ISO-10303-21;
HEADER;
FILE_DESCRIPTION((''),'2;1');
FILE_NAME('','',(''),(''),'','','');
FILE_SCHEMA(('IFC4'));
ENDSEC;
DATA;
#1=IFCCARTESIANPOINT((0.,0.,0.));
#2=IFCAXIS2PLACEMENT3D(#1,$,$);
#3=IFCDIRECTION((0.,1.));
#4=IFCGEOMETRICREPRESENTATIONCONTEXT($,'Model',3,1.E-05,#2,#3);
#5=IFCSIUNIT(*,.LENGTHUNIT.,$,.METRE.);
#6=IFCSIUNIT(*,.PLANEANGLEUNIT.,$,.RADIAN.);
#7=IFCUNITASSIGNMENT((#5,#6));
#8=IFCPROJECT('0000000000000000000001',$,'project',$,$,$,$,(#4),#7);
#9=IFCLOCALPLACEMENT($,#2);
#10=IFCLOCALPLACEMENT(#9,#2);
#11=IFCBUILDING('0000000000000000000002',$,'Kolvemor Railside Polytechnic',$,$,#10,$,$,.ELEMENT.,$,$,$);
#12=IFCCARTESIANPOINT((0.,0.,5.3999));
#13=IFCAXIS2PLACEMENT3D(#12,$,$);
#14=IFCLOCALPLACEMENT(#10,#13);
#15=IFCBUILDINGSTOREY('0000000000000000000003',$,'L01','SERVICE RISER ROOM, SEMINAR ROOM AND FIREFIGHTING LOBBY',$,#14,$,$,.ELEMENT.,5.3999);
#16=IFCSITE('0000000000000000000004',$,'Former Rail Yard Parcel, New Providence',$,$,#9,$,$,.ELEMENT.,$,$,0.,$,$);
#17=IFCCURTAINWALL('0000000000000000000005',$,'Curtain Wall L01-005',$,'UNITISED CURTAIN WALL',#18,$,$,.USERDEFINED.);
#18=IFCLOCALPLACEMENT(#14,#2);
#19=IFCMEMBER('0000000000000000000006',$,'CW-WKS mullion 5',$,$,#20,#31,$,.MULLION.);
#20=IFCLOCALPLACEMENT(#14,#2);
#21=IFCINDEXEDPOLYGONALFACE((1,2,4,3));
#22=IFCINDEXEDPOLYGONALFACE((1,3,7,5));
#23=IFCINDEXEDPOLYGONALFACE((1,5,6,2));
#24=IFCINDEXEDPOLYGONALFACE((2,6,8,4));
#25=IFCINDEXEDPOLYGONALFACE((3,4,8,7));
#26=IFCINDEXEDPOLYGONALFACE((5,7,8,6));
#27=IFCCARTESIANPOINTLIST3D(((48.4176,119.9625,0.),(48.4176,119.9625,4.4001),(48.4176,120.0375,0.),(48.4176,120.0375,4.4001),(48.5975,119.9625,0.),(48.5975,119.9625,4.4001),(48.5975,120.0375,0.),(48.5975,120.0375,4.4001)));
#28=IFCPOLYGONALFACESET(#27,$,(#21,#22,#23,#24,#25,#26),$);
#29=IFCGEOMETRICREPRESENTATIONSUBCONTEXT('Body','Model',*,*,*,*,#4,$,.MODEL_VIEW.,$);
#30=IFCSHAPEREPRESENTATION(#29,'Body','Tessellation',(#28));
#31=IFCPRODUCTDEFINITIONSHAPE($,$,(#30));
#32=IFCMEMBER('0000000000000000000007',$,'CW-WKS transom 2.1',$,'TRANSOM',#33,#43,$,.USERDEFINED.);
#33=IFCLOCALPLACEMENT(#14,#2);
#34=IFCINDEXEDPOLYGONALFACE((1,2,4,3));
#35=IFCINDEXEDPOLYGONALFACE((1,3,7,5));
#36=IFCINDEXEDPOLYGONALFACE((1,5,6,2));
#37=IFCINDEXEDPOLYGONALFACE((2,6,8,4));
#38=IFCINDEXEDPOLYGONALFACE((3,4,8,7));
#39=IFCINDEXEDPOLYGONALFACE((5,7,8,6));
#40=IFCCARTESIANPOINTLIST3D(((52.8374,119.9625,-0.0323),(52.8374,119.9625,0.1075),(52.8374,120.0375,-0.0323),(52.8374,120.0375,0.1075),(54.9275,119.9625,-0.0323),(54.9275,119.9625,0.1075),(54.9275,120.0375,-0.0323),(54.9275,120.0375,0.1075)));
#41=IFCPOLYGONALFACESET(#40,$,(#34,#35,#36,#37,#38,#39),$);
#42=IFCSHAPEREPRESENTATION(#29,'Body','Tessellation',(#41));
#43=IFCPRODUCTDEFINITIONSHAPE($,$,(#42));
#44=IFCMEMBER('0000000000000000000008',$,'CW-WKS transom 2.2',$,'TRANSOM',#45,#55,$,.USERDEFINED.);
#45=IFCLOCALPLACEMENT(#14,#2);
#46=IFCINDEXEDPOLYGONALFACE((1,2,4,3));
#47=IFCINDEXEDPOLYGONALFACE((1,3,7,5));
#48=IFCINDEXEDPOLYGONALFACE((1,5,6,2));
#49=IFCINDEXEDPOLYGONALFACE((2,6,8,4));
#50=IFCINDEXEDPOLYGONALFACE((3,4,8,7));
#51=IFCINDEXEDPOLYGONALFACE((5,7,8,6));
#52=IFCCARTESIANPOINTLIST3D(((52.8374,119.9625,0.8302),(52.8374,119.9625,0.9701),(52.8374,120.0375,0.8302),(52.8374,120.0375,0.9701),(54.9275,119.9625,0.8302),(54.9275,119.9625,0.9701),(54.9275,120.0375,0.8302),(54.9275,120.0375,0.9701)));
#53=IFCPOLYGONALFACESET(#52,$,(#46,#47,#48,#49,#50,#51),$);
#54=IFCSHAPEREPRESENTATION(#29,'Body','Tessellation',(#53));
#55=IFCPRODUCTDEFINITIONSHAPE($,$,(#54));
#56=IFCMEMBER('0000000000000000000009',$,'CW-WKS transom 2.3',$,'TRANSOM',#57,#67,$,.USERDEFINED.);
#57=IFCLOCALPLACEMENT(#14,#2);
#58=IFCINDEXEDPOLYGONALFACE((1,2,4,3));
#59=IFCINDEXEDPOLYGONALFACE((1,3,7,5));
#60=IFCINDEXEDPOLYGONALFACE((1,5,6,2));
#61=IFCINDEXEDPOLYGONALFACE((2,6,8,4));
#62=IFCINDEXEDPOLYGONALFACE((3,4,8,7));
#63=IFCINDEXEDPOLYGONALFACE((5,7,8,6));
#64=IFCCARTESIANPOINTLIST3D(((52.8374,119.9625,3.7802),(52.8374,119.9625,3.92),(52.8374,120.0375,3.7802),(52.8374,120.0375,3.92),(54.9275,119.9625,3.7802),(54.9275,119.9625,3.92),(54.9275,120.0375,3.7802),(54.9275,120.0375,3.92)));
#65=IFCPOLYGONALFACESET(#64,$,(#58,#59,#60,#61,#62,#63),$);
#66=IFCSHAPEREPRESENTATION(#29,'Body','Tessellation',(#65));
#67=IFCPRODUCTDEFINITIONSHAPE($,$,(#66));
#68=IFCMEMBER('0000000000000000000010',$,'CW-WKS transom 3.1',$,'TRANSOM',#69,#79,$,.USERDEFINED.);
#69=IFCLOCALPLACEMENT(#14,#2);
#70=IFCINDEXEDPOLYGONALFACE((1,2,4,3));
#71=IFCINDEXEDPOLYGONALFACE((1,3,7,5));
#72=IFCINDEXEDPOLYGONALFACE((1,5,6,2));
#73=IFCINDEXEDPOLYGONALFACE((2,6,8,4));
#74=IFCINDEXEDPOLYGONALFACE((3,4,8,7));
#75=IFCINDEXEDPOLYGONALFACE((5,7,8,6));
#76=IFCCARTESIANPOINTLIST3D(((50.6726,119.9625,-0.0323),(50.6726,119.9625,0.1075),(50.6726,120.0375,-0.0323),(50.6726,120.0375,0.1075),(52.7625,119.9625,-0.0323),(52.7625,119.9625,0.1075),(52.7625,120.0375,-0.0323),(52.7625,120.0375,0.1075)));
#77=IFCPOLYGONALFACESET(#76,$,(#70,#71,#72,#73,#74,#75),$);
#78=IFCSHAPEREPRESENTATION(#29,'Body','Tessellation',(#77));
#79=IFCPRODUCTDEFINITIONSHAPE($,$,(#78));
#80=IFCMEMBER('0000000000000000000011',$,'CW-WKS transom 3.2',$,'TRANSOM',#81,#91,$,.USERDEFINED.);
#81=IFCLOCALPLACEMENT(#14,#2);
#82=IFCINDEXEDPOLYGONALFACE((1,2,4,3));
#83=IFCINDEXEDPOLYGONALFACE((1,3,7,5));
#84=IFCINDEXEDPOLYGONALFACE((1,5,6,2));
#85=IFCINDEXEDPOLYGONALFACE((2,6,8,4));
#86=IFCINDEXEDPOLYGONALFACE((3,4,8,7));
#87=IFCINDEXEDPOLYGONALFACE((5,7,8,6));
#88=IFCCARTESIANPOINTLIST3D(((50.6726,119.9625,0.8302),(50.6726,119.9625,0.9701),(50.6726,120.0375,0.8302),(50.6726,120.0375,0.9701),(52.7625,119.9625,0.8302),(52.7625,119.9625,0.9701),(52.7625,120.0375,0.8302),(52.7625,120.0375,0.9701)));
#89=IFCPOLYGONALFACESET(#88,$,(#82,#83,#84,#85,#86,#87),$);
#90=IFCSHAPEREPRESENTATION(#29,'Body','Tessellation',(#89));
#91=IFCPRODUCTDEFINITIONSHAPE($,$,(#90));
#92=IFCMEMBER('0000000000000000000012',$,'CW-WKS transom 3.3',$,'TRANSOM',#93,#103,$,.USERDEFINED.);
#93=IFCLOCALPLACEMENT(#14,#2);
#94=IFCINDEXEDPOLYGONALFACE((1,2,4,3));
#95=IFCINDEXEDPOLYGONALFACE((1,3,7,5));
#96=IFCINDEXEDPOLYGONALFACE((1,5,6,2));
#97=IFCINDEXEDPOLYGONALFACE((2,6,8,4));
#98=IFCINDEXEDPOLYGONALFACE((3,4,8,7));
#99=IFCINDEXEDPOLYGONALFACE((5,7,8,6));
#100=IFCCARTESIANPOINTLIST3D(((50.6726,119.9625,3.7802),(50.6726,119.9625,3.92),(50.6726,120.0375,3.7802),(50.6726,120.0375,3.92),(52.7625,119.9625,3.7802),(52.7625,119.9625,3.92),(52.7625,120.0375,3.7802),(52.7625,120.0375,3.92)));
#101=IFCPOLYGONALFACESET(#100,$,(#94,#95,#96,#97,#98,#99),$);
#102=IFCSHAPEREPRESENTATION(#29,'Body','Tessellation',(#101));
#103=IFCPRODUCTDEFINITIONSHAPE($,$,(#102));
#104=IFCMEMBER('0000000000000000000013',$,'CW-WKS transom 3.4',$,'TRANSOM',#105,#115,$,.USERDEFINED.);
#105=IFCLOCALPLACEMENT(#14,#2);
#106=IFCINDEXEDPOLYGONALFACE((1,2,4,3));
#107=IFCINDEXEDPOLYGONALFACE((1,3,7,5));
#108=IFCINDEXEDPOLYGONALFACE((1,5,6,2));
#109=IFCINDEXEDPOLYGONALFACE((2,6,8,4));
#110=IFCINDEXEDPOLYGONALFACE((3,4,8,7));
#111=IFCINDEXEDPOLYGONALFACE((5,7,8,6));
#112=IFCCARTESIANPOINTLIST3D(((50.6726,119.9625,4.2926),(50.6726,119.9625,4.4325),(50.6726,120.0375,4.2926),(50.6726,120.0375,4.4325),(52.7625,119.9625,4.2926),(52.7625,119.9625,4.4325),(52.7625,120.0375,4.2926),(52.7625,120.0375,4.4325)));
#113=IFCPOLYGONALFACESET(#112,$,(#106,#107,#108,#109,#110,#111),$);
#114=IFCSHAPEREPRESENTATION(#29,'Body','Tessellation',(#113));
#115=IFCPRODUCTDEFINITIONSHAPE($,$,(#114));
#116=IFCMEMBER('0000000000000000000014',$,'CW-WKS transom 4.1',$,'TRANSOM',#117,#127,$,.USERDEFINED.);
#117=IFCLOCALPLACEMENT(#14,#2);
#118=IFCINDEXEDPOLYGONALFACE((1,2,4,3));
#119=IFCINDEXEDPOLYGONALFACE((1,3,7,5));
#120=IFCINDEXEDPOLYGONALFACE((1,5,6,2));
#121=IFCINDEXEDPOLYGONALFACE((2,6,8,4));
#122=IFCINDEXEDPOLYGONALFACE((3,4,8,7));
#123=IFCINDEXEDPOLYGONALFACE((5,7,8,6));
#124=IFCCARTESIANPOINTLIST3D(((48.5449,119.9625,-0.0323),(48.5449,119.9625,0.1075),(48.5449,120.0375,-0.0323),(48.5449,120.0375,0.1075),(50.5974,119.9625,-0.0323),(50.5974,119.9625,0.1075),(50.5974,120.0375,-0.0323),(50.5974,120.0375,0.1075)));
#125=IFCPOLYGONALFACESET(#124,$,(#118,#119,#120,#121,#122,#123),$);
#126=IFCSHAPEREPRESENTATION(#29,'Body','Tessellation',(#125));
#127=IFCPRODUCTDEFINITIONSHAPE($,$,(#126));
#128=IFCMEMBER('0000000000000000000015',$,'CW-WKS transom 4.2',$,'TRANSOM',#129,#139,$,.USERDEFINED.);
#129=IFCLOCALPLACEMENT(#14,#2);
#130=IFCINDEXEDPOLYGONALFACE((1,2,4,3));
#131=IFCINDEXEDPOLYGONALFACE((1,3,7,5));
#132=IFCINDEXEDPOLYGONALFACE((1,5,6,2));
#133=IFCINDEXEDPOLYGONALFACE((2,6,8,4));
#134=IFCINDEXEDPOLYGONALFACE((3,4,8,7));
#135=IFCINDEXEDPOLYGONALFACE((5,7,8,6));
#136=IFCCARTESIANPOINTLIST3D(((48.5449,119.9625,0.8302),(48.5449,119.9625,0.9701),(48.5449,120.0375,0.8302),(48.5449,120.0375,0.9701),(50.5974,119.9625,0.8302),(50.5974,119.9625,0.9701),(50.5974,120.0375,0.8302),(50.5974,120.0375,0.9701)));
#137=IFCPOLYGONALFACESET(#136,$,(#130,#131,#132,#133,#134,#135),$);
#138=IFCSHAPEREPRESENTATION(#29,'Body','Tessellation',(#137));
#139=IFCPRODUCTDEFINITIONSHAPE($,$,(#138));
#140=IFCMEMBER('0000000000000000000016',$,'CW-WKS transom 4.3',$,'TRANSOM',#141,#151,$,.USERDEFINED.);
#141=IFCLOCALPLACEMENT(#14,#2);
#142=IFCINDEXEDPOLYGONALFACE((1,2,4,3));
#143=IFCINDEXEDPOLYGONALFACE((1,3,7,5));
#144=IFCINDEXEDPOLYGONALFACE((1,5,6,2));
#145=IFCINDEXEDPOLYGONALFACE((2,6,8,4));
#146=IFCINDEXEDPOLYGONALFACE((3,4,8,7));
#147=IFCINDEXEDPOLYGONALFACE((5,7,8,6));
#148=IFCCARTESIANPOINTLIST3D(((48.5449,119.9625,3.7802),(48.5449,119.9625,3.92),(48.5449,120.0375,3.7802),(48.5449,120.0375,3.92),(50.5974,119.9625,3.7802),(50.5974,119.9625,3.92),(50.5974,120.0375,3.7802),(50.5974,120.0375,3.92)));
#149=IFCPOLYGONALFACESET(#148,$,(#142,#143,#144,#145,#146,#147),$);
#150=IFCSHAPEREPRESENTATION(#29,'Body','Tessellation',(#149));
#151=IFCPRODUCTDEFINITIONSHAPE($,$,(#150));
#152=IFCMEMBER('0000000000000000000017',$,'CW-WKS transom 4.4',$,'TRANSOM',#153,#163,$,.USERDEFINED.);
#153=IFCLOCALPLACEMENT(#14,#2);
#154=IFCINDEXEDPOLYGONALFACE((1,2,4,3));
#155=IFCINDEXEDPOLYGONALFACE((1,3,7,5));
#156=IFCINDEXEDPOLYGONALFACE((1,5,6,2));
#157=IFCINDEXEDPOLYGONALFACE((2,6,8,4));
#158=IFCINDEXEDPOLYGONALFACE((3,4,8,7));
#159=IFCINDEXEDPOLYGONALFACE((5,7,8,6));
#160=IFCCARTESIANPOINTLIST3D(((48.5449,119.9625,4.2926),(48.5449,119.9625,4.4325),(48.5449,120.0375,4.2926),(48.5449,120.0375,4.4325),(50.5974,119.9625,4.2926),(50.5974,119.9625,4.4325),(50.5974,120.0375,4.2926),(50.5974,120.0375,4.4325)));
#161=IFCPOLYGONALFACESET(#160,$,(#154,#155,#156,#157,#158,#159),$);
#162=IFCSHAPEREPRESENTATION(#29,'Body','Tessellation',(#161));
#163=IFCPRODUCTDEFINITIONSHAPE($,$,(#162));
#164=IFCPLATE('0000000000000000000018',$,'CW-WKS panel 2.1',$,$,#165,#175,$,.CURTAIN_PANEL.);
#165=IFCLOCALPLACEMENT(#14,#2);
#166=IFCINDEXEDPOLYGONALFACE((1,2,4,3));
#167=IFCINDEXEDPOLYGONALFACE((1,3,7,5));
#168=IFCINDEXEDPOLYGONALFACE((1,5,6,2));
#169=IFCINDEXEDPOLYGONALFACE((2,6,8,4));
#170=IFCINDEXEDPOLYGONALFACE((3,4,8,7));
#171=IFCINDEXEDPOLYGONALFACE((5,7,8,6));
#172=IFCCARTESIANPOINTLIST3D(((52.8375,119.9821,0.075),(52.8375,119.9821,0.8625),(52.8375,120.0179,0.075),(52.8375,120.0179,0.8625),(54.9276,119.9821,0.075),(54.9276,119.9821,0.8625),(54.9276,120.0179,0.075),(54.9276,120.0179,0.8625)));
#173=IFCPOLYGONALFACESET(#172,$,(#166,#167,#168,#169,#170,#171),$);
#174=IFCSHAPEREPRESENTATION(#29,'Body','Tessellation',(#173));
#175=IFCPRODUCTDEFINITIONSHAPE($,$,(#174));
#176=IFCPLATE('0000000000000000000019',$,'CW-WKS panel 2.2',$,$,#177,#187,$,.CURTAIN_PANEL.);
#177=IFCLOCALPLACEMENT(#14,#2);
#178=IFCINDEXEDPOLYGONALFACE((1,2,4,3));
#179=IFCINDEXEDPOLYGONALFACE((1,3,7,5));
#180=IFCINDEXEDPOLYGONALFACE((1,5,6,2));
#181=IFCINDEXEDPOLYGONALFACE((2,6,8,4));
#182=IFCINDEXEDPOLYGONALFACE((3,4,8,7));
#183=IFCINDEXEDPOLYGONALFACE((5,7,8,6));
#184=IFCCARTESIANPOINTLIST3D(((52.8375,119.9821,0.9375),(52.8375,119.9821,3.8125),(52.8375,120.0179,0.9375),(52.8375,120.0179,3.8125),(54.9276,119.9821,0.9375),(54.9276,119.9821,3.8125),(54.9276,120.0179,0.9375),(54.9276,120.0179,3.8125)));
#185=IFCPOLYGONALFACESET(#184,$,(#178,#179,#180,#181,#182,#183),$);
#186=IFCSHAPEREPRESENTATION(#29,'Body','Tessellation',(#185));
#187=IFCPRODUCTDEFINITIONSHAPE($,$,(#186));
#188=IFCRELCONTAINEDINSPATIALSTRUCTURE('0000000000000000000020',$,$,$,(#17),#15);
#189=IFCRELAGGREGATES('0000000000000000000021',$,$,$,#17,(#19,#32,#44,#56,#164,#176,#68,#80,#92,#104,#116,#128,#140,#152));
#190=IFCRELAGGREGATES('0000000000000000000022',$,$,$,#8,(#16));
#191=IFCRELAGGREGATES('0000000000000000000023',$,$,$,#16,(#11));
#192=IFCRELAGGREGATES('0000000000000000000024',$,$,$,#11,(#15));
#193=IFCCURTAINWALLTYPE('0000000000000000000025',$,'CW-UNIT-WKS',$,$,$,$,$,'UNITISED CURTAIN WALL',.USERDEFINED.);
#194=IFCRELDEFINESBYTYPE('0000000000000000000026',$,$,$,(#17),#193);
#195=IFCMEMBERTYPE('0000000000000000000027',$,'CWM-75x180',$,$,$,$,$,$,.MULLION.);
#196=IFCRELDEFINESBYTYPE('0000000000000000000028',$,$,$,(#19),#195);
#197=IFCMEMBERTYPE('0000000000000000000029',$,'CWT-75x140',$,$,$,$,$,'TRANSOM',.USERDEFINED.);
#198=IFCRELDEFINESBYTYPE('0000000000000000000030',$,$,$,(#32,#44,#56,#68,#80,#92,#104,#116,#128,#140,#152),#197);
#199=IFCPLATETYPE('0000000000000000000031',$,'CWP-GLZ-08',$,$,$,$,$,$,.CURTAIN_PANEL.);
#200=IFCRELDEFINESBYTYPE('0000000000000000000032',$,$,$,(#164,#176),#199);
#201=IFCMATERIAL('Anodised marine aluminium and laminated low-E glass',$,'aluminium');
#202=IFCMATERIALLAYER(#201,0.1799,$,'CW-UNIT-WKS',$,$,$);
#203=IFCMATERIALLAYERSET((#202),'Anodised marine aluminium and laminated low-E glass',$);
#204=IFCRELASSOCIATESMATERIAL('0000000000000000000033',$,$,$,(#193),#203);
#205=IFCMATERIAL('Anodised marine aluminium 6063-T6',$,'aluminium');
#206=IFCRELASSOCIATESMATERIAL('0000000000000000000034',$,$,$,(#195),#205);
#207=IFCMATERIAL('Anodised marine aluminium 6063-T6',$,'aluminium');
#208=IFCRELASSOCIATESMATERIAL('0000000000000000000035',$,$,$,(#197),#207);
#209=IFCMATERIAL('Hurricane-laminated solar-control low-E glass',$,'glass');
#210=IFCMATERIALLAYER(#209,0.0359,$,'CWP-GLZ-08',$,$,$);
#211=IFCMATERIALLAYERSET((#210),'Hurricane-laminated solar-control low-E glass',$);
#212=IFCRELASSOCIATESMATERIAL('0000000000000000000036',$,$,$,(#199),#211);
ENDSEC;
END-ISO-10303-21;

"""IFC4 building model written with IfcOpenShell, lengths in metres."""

from ifc_helpers import new_model, si_unit, direction, frame, origin, origin_2d, place, context, subcontext, project, spatial, rectangle, extrude, material, layer, layer_set, material_profile, profile_set, type_object, element, aggregate, save


model = new_model("IFC4")

# Units and contexts
model_context = context("Model", 3, precision=1e-05, world=origin(), true_north=direction((0.0, 1.0)))
body_context = subcontext(model_context, "Body", "Model", "MODEL_VIEW")
ifc_project = project(units=[si_unit("LENGTHUNIT", "METRE"), si_unit("PLANEANGLEUNIT", "RADIAN")], contexts=[model_context])

# Site, building, storey
site_placement = place(None, origin())
site = spatial("IfcSite", under=ifc_project, at=site_placement, Name="Former Rail Yard Parcel, New Providence", CompositionType="ELEMENT", RefElevation=0.0)
building_placement = place(site_placement, origin())
building = spatial("IfcBuilding", under=site, at=building_placement, Name="Kolvemor Railside Polytechnic", CompositionType="ELEMENT")
storey_placement = place(building_placement, frame((0.0, 0.0, 5.3999)))
storey = spatial("IfcBuildingStorey", under=building, at=storey_placement, Name="L01", Description="SERVICE RISER ROOM, SEMINAR ROOM AND FIREFIGHTING LOBBY", CompositionType="ELEMENT", Elevation=5.3999)

# Curtain wall, members, plates
ifc_material_1 = material(Name="Anodised marine aluminium and laminated low-E glass", Category="aluminium")
ifc_layer_1 = layer(ifc_material_1, 0.1799, Name="CW-UNIT-WKS")
ifc_layer_set_1 = layer_set([ifc_layer_1], Name="Anodised marine aluminium and laminated low-E glass")
curtain_wall_type = type_object("IfcCurtainWallType", Name="CW-UNIT-WKS", ElementType="UNITISED CURTAIN WALL", PredefinedType="USERDEFINED", material=ifc_layer_set_1)
curtain_wall_placement = place(storey_placement, origin())
curtain_wall = element("IfcCurtainWall", 1, at=curtain_wall_placement, inside=storey, type_object=curtain_wall_type, Name="Curtain Wall L01-005", ObjectType="UNITISED CURTAIN WALL", PredefinedType="USERDEFINED")
ifc_material_2 = material(Name="Anodised marine aluminium 6063-T6", Category="aluminium")
ifc_material_profile_1 = material_profile(ifc_material_2, rectangle(XDim=0.075, YDim=0.1799, at=origin_2d()), Name="CW-MUL-75x180")
ifc_profile_set_1 = profile_set([ifc_material_profile_1], Name="Anodised marine aluminium 6063-T6")
member_type_1 = type_object("IfcMemberType", Name="CWM-75x180", PredefinedType="MULLION", material=ifc_profile_set_1)
member_1_placement = place(storey_placement, frame((48.5076, 120.0, 0.0), z_axis=(0.0, 0.0, 1.0), x_axis=(0.0, -1.0, 0.0)))
member_1 = element("IfcMember", 2, at=member_1_placement, type_object=member_type_1, Name="CW-WKS mullion 5", PredefinedType="MULLION", context=body_context, shape_type="SweptSolid", body=[
    extrude(rectangle(XDim=0.075, YDim=0.1799, at=origin_2d()), origin(), (0.0, 0.0, 1.0), 4.4001),
])
ifc_material_3 = material(Name="Anodised marine aluminium 6063-T6", Category="aluminium")
ifc_material_profile_2 = material_profile(ifc_material_3, rectangle(XDim=0.075, YDim=0.1399, at=origin_2d()), Name="CW-TRN-75x140")
ifc_profile_set_2 = profile_set([ifc_material_profile_2], Name="Anodised marine aluminium 6063-T6")
member_type_2 = type_object("IfcMemberType", Name="CWT-75x140", ElementType="TRANSOM", PredefinedType="USERDEFINED", material=ifc_profile_set_2)
member_2_placement = place(storey_placement, frame((54.9275, 120.0, 0.0376), z_axis=(-1.0, 0.0, 0.0), x_axis=(0.0, -1.0, 0.0)))
member_2 = element("IfcMember", 3, at=member_2_placement, type_object=member_type_2, Name="CW-WKS transom 2.1", ObjectType="TRANSOM", PredefinedType="USERDEFINED", context=body_context, shape_type="SweptSolid", body=[
    extrude(rectangle(XDim=0.075, YDim=0.1399, at=origin_2d()), origin(), (0.0, 0.0, 1.0), 2.0901),
])
member_3_placement = place(storey_placement, frame((54.9275, 120.0, 0.9001), z_axis=(-1.0, 0.0, 0.0), x_axis=(0.0, -1.0, 0.0)))
member_3 = element("IfcMember", 4, at=member_3_placement, type_object=member_type_2, Name="CW-WKS transom 2.2", ObjectType="TRANSOM", PredefinedType="USERDEFINED", context=body_context, shape_type="SweptSolid", body=[
    extrude(rectangle(XDim=0.075, YDim=0.1399, at=origin_2d()), origin(), (0.0, 0.0, 1.0), 2.0901),
])
member_4_placement = place(storey_placement, frame((54.9275, 120.0, 3.8501), z_axis=(-1.0, 0.0, 0.0), x_axis=(0.0, -1.0, 0.0)))
member_4 = element("IfcMember", 5, at=member_4_placement, type_object=member_type_2, Name="CW-WKS transom 2.3", ObjectType="TRANSOM", PredefinedType="USERDEFINED", context=body_context, shape_type="SweptSolid", body=[
    extrude(rectangle(XDim=0.075, YDim=0.1399, at=origin_2d()), origin(), (0.0, 0.0, 1.0), 2.0901),
])
member_5_placement = place(storey_placement, frame((52.7625, 120.0, 0.0376), z_axis=(-1.0, 0.0, 0.0), x_axis=(0.0, -1.0, 0.0)))
member_5 = element("IfcMember", 6, at=member_5_placement, type_object=member_type_2, Name="CW-WKS transom 3.1", ObjectType="TRANSOM", PredefinedType="USERDEFINED", context=body_context, shape_type="SweptSolid", body=[
    extrude(rectangle(XDim=0.075, YDim=0.1399, at=origin_2d()), origin(), (0.0, 0.0, 1.0), 2.0898),
])
member_6_placement = place(storey_placement, frame((52.7625, 120.0, 0.9001), z_axis=(-1.0, 0.0, 0.0), x_axis=(0.0, -1.0, 0.0)))
member_6 = element("IfcMember", 7, at=member_6_placement, type_object=member_type_2, Name="CW-WKS transom 3.2", ObjectType="TRANSOM", PredefinedType="USERDEFINED", context=body_context, shape_type="SweptSolid", body=[
    extrude(rectangle(XDim=0.075, YDim=0.1399, at=origin_2d()), origin(), (0.0, 0.0, 1.0), 2.0898),
])
member_7_placement = place(storey_placement, frame((52.7625, 120.0, 3.8501), z_axis=(-1.0, 0.0, 0.0), x_axis=(0.0, -1.0, 0.0)))
member_7 = element("IfcMember", 8, at=member_7_placement, type_object=member_type_2, Name="CW-WKS transom 3.3", ObjectType="TRANSOM", PredefinedType="USERDEFINED", context=body_context, shape_type="SweptSolid", body=[
    extrude(rectangle(XDim=0.075, YDim=0.1399, at=origin_2d()), origin(), (0.0, 0.0, 1.0), 2.0898),
])
member_8_placement = place(storey_placement, frame((52.7625, 120.0, 4.3625), z_axis=(-1.0, 0.0, 0.0), x_axis=(0.0, -1.0, 0.0)))
member_8 = element("IfcMember", 9, at=member_8_placement, type_object=member_type_2, Name="CW-WKS transom 3.4", ObjectType="TRANSOM", PredefinedType="USERDEFINED", context=body_context, shape_type="SweptSolid", body=[
    extrude(rectangle(XDim=0.075, YDim=0.1399, at=origin_2d()), origin(), (0.0, 0.0, 1.0), 2.0898),
])
member_9_placement = place(storey_placement, frame((50.5974, 120.0, 0.0376), z_axis=(-1.0, 0.0, 0.0), x_axis=(0.0, -1.0, 0.0)))
member_9 = element("IfcMember", 10, at=member_9_placement, type_object=member_type_2, Name="CW-WKS transom 4.1", ObjectType="TRANSOM", PredefinedType="USERDEFINED", context=body_context, shape_type="SweptSolid", body=[
    extrude(rectangle(XDim=0.075, YDim=0.1399, at=origin_2d()), origin(), (0.0, 0.0, 1.0), 2.0525),
])
member_10_placement = place(storey_placement, frame((50.5974, 120.0, 0.9001), z_axis=(-1.0, 0.0, 0.0), x_axis=(0.0, -1.0, 0.0)))
member_10 = element("IfcMember", 11, at=member_10_placement, type_object=member_type_2, Name="CW-WKS transom 4.2", ObjectType="TRANSOM", PredefinedType="USERDEFINED", context=body_context, shape_type="SweptSolid", body=[
    extrude(rectangle(XDim=0.075, YDim=0.1399, at=origin_2d()), origin(), (0.0, 0.0, 1.0), 2.0525),
])
member_11_placement = place(storey_placement, frame((50.5974, 120.0, 3.8501), z_axis=(-1.0, 0.0, 0.0), x_axis=(0.0, -1.0, 0.0)))
member_11 = element("IfcMember", 12, at=member_11_placement, type_object=member_type_2, Name="CW-WKS transom 4.3", ObjectType="TRANSOM", PredefinedType="USERDEFINED", context=body_context, shape_type="SweptSolid", body=[
    extrude(rectangle(XDim=0.075, YDim=0.1399, at=origin_2d()), origin(), (0.0, 0.0, 1.0), 2.0525),
])
member_12_placement = place(storey_placement, frame((50.5974, 120.0, 4.3625), z_axis=(-1.0, 0.0, 0.0), x_axis=(0.0, -1.0, 0.0)))
member_12 = element("IfcMember", 13, at=member_12_placement, type_object=member_type_2, Name="CW-WKS transom 4.4", ObjectType="TRANSOM", PredefinedType="USERDEFINED", context=body_context, shape_type="SweptSolid", body=[
    extrude(rectangle(XDim=0.075, YDim=0.1399, at=origin_2d()), origin(), (0.0, 0.0, 1.0), 2.0525),
])
ifc_material_4 = material(Name="Hurricane-laminated solar-control low-E glass", Category="glass")
ifc_layer_2 = layer(ifc_material_4, 0.0359, Name="CWP-GLZ-08")
ifc_layer_set_2 = layer_set([ifc_layer_2], Name="Hurricane-laminated solar-control low-E glass")
plate_type = type_object("IfcPlateType", Name="CWP-GLZ-08", PredefinedType="CURTAIN_PANEL", material=ifc_layer_set_2)
plate_1_placement = place(storey_placement, frame((53.8826, 120.0, 0.075), z_axis=(0.0, 0.0, 1.0), x_axis=(-1.0, 0.0, 0.0)))
plate_1 = element("IfcPlate", 14, at=plate_1_placement, type_object=plate_type, Name="CW-WKS panel 2.1", PredefinedType="CURTAIN_PANEL", context=body_context, shape_type="SweptSolid", body=[
    extrude(rectangle(XDim=2.0901, YDim=0.0359, at=origin_2d()), origin(), (0.0, 0.0, 1.0), 0.7876),
])
plate_2_placement = place(storey_placement, frame((53.8826, 120.0, 0.9375), z_axis=(0.0, 0.0, 1.0), x_axis=(-1.0, 0.0, 0.0)))
plate_2 = element("IfcPlate", 15, at=plate_2_placement, type_object=plate_type, Name="CW-WKS panel 2.2", PredefinedType="CURTAIN_PANEL", context=body_context, shape_type="SweptSolid", body=[
    extrude(rectangle(XDim=2.0901, YDim=0.0359, at=origin_2d()), origin(), (0.0, 0.0, 1.0), 2.875),
])
aggregate(curtain_wall, [member_1, member_2, member_3, member_4, plate_1, plate_2, member_5, member_6, member_7, member_8, member_9, member_10, member_11, member_12])

save(model, "model.ifc")
